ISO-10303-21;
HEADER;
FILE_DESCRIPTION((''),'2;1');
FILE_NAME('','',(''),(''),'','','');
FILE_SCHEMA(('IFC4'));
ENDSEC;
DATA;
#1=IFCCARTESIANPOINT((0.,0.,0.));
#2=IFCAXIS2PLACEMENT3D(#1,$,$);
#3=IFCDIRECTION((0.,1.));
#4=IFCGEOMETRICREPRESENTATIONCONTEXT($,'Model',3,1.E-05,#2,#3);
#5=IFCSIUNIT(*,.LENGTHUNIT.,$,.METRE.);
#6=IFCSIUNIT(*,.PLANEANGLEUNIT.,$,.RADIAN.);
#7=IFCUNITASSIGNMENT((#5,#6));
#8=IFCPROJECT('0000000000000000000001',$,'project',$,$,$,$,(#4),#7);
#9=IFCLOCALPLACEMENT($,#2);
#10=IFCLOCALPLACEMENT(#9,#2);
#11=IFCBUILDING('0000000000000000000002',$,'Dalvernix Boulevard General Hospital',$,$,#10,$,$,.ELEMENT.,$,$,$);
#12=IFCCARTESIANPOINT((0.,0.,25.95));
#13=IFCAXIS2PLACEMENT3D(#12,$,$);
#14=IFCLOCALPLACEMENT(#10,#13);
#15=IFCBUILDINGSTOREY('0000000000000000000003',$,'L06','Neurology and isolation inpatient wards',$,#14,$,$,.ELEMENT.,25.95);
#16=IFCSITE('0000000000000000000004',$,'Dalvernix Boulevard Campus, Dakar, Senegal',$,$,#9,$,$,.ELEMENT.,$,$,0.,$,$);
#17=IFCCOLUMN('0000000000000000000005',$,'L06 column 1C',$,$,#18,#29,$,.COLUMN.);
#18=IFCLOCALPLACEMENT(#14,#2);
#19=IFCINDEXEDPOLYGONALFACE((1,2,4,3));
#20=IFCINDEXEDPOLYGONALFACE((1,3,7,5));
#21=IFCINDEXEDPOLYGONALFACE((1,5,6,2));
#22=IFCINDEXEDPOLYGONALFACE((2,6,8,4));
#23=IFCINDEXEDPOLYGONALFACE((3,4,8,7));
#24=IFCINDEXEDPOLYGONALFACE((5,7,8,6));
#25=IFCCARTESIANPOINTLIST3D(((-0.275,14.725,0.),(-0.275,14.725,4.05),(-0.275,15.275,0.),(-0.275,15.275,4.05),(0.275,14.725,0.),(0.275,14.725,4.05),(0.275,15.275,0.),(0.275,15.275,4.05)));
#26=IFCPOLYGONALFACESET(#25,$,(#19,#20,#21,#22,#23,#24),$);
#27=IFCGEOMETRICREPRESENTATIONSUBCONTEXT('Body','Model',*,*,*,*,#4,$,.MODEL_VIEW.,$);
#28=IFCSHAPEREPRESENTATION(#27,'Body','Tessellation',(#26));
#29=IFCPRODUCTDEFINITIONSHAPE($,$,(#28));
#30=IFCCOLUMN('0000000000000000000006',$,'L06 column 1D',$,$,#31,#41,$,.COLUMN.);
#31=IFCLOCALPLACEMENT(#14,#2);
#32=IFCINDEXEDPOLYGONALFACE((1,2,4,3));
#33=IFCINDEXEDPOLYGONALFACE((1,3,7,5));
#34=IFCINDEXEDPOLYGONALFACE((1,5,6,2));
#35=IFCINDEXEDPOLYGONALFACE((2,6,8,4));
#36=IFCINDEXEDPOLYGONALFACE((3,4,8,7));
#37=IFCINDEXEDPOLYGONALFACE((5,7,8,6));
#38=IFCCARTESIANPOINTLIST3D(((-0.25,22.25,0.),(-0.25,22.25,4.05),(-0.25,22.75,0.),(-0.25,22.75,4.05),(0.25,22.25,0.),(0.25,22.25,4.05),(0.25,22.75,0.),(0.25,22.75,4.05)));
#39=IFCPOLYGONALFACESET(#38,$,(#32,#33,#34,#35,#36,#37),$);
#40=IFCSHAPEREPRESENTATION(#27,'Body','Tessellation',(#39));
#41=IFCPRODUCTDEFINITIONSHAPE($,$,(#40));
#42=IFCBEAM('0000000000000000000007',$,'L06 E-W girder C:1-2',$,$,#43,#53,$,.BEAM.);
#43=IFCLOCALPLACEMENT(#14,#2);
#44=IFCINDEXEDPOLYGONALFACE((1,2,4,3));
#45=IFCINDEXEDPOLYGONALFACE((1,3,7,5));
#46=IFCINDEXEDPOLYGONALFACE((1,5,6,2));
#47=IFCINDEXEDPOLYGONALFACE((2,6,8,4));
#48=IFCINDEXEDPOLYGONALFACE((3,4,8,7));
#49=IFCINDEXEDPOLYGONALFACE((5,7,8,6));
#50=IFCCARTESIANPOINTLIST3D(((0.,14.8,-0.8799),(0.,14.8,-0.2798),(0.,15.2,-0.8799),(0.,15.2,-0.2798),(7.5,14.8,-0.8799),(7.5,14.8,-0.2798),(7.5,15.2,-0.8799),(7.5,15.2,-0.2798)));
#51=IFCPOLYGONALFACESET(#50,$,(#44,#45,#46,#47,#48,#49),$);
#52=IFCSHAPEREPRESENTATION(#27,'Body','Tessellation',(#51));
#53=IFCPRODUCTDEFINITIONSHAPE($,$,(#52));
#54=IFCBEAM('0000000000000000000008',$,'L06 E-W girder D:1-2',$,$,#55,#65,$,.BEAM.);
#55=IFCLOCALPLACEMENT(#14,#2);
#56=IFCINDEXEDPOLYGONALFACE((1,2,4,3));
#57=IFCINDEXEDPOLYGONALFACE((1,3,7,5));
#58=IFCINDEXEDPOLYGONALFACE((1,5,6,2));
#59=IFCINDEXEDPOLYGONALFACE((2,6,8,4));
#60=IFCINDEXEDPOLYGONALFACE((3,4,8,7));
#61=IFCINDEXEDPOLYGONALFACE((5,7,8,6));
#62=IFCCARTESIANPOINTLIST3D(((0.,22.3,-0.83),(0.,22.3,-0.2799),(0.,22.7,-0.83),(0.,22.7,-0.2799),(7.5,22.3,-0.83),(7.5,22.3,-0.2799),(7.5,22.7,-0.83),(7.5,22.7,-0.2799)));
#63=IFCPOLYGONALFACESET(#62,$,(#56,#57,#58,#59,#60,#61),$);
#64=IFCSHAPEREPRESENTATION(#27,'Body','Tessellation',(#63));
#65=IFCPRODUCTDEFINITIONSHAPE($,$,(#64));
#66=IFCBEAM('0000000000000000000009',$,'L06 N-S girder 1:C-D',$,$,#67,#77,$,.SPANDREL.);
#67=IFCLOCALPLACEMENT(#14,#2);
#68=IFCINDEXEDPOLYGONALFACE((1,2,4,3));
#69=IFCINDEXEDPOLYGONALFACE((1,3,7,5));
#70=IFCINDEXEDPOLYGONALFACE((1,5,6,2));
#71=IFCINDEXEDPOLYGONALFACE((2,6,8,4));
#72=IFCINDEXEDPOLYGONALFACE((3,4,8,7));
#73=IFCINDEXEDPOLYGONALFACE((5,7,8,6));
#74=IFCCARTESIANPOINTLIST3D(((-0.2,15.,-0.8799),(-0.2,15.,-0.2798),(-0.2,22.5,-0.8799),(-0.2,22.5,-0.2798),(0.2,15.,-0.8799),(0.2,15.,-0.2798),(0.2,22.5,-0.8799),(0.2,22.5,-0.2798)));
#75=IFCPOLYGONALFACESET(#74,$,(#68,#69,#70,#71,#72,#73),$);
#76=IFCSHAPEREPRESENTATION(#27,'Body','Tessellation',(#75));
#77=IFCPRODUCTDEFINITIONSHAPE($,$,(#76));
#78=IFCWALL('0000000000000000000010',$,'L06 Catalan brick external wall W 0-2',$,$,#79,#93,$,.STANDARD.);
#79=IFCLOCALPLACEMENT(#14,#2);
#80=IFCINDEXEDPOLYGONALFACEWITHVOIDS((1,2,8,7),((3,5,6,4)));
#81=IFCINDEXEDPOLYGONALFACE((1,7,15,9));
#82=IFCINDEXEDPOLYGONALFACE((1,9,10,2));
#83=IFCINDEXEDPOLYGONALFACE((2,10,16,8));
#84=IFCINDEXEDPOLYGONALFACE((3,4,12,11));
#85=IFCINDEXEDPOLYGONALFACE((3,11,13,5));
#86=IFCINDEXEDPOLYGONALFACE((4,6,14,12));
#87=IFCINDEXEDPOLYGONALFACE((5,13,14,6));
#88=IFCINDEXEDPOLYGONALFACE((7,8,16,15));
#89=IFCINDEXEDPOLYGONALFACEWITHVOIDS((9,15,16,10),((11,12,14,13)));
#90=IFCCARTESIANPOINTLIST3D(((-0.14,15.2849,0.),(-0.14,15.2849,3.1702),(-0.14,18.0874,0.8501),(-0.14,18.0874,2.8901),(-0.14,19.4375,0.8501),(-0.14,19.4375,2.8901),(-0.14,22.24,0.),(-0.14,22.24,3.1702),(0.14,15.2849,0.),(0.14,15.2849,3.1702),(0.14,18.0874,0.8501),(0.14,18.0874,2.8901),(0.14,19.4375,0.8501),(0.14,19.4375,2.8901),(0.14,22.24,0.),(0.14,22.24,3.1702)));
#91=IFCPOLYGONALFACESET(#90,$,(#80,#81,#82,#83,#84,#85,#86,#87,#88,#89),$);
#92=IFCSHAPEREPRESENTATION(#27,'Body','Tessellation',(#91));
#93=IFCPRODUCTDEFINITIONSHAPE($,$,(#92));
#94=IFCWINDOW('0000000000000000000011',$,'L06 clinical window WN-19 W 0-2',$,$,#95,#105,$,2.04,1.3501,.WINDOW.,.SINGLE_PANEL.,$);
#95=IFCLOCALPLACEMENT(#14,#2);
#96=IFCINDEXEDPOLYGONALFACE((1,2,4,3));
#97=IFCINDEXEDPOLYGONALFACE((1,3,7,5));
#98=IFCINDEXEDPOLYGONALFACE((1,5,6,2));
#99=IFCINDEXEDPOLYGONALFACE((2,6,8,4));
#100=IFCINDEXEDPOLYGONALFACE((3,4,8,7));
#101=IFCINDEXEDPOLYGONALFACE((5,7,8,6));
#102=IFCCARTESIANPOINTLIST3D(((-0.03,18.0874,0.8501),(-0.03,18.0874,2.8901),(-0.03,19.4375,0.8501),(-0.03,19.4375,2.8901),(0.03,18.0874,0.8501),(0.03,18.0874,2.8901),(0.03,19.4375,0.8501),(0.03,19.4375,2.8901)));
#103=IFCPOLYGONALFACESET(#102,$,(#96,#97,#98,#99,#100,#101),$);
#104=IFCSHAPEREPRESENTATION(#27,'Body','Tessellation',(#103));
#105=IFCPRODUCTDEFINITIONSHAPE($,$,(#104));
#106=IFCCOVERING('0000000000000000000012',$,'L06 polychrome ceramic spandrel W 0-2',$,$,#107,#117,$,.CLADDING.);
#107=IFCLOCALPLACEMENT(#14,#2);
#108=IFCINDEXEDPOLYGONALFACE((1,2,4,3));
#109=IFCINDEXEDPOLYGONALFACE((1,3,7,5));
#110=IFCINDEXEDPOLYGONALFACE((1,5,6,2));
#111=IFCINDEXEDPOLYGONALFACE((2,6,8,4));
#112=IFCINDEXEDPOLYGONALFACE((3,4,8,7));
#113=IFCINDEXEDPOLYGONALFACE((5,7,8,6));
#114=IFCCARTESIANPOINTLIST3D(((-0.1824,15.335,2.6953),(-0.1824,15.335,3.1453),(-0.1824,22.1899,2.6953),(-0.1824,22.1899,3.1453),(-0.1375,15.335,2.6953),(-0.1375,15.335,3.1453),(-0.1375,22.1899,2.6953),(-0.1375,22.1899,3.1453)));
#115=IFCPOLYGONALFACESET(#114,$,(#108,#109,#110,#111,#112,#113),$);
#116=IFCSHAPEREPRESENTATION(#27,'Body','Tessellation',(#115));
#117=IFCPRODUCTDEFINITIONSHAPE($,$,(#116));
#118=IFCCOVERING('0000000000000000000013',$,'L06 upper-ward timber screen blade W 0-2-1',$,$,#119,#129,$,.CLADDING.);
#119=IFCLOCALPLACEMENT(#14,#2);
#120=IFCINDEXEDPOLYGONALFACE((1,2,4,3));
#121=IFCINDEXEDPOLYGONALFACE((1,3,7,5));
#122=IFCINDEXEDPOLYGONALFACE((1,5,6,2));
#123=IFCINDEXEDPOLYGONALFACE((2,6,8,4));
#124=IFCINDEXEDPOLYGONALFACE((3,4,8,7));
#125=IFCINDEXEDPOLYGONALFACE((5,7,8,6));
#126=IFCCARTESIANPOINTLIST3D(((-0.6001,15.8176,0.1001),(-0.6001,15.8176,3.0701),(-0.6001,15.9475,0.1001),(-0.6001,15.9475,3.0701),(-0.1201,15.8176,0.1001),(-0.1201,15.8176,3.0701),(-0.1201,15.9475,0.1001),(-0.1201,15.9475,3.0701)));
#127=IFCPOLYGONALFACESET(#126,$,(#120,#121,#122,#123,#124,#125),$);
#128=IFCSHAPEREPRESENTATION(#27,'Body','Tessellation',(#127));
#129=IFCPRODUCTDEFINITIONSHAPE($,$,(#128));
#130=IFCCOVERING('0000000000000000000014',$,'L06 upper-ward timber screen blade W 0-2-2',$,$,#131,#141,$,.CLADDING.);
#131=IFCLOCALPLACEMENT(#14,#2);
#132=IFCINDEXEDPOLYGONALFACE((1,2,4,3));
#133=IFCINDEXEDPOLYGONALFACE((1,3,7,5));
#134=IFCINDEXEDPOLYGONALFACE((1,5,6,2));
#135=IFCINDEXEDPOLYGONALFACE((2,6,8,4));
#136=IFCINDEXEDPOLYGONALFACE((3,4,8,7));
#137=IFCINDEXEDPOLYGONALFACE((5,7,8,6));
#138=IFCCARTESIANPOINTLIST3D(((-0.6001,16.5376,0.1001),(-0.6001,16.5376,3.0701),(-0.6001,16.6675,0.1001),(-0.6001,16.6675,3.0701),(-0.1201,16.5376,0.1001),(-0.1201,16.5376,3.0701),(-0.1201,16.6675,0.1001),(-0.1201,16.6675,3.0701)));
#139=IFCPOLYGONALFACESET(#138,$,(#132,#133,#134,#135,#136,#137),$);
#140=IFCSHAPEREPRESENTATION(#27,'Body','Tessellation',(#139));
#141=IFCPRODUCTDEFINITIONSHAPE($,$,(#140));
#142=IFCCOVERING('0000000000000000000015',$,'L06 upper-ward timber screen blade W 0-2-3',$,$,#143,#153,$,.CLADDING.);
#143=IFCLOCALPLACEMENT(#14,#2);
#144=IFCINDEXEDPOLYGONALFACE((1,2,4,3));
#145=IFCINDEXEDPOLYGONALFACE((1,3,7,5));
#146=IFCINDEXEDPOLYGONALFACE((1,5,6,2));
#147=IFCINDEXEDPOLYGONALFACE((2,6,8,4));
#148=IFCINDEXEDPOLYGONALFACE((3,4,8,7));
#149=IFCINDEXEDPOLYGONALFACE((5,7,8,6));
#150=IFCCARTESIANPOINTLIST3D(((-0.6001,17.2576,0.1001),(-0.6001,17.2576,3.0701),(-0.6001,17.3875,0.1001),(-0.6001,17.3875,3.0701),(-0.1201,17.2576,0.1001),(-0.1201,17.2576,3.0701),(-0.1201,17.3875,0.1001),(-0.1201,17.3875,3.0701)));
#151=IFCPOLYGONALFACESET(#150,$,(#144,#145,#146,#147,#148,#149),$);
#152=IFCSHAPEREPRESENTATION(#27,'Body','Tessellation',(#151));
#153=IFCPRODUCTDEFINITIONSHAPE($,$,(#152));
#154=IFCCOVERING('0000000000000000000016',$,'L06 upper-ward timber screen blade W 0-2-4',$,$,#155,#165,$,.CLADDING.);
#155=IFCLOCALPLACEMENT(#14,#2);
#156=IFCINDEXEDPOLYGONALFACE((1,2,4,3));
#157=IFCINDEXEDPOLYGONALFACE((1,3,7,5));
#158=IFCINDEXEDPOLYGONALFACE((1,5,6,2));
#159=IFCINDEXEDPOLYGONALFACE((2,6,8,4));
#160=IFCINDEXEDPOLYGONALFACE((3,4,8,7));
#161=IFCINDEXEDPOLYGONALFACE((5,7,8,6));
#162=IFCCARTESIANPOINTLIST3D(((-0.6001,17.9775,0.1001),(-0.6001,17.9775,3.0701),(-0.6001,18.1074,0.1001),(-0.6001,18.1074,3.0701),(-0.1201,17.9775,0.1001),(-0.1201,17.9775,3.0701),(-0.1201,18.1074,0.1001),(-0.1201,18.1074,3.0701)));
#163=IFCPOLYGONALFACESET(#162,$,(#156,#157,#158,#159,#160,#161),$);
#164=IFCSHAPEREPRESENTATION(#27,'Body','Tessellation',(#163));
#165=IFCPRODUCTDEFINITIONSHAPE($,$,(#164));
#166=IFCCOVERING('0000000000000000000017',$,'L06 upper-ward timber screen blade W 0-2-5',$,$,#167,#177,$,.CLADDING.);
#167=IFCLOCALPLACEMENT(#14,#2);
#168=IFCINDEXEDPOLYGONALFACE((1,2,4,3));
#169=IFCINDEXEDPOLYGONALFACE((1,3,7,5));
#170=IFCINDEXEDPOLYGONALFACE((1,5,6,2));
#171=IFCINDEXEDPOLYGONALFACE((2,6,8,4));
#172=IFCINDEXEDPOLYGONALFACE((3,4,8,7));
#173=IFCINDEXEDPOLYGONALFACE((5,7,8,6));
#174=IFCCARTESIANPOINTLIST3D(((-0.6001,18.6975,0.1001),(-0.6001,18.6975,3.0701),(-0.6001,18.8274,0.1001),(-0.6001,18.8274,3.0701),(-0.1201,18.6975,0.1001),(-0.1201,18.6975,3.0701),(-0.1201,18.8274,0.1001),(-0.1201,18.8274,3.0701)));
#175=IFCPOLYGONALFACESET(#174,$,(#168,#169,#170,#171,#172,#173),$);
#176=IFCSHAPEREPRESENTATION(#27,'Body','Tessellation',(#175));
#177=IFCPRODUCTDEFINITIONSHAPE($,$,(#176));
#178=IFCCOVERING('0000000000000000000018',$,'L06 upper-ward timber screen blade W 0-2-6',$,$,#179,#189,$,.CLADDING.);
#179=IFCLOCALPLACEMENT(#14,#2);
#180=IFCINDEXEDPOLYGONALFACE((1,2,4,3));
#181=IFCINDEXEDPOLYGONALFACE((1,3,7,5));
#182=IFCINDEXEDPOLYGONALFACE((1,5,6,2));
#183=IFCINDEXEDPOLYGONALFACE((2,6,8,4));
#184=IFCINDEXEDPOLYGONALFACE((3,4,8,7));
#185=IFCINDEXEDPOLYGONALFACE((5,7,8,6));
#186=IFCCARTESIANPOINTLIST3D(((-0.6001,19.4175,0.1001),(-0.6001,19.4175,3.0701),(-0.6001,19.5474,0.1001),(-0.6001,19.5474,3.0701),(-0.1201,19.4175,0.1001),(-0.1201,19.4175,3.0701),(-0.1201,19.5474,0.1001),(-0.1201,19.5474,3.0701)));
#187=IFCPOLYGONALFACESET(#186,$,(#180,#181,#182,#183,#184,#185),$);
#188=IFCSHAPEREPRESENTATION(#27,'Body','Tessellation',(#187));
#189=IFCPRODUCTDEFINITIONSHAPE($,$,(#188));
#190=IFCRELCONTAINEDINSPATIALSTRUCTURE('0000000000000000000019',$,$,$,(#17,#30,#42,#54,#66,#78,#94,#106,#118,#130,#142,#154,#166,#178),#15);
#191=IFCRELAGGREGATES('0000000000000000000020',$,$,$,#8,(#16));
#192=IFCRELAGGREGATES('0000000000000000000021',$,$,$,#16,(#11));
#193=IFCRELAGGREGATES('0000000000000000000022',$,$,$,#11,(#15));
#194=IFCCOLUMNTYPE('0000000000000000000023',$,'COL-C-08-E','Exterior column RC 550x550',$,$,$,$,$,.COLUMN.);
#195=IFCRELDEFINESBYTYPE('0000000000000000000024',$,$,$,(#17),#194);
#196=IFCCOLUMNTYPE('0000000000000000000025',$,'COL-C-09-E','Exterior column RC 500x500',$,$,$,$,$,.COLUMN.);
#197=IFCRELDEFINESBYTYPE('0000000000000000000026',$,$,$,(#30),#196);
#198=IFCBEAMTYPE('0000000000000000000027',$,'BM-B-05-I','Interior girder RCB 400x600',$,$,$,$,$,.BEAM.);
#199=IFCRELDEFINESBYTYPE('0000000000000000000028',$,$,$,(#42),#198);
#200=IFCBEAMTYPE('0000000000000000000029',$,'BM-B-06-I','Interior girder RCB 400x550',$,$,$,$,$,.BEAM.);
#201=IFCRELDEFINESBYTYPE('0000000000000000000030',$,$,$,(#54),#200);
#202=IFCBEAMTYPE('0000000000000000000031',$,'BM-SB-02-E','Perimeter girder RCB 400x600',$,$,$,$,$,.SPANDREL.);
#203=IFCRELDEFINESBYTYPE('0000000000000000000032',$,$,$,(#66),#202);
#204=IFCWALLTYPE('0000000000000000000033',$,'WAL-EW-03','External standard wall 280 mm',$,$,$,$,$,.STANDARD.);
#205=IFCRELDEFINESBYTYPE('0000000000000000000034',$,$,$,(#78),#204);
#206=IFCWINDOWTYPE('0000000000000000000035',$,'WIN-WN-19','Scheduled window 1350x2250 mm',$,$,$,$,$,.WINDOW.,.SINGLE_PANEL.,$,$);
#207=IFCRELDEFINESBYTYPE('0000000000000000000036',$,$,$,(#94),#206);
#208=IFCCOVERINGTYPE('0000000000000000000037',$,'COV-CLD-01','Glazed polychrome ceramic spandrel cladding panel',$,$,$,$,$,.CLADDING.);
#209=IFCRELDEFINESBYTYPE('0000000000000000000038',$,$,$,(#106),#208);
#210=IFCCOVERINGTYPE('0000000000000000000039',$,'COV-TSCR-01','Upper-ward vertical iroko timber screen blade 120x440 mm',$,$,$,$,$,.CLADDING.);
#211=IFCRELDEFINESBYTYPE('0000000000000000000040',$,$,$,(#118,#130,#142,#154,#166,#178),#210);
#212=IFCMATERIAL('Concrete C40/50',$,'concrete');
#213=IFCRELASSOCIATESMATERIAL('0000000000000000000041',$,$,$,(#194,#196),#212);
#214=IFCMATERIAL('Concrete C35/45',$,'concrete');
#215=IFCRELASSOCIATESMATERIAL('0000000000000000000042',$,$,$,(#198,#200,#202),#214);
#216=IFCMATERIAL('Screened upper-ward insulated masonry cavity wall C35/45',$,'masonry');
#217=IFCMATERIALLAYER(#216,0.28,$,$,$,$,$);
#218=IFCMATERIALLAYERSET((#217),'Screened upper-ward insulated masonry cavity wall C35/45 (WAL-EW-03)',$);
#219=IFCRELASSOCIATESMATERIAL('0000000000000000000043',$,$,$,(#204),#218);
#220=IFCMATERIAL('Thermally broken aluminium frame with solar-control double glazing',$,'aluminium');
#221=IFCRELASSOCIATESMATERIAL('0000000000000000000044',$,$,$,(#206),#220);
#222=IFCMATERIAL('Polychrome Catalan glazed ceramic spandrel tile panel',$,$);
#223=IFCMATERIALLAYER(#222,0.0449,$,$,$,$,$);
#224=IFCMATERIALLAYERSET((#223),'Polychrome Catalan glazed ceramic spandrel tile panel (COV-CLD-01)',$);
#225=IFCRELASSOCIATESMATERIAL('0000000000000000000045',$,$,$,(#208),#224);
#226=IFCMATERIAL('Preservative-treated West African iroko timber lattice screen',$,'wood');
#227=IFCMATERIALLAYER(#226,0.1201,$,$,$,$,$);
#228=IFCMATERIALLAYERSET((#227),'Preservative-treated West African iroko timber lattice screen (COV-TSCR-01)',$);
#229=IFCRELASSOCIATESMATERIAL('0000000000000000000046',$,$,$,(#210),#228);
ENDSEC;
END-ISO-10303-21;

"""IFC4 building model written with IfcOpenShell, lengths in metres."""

from ifc_helpers import new_model, si_unit, direction, frame, frame_2d, origin, origin_2d, place, context, subcontext, project, spatial, rectangle, extrude, material, layer, layer_set, material_profile, profile_set, type_object, element, fill, save


model = new_model("IFC4")

# Units and contexts
model_context = context("Model", 3, precision=1e-05, world=origin(), true_north=direction((0.0, 1.0)))
body_context = subcontext(model_context, "Body", "Model", "MODEL_VIEW")
ifc_project = project(units=[si_unit("LENGTHUNIT", "METRE"), si_unit("PLANEANGLEUNIT", "RADIAN")], contexts=[model_context])

# Site, building, storey
site_placement = place(None, origin())
site = spatial("IfcSite", under=ifc_project, at=site_placement, Name="Dalvernix Boulevard Campus, Dakar, Senegal", CompositionType="ELEMENT", RefElevation=0.0)
building_placement = place(site_placement, origin())
building = spatial("IfcBuilding", under=site, at=building_placement, Name="Dalvernix Boulevard General Hospital", CompositionType="ELEMENT")
storey_placement = place(building_placement, frame((0.0, 0.0, 25.95)))
storey = spatial("IfcBuildingStorey", under=building, at=storey_placement, Name="L06", Description="Neurology and isolation inpatient wards", CompositionType="ELEMENT", Elevation=25.95)

# Columns
ifc_material_1 = material(Name="Concrete C40/50", Category="concrete")
ifc_material_profile_1 = material_profile(ifc_material_1, rectangle(XDim=0.55, YDim=0.55, at=origin_2d()), Name="RC 550x550")
ifc_profile_set_1 = profile_set([ifc_material_profile_1], Name="Concrete C40/50")
column_type_1 = type_object("IfcColumnType", Name="COL-C-08-E", Description="Exterior column RC 550x550", PredefinedType="COLUMN", material=ifc_profile_set_1)
column_1_placement = place(storey_placement, frame((0.0, 15.0, 0.0), z_axis=(0.0, 0.0, 1.0), x_axis=(1.0, 0.0, 0.0)))
element("IfcColumn", 1, at=column_1_placement, inside=storey, type_object=column_type_1, Name="L06 column 1C", PredefinedType="COLUMN", context=body_context, shape_type="SweptSolid", body=[
    extrude(rectangle(XDim=0.55, YDim=0.55, at=origin_2d()), origin(), (0.0, 0.0, 1.0), 4.05),
])
ifc_material_profile_2 = material_profile(ifc_material_1, rectangle(XDim=0.5, YDim=0.5, at=origin_2d()), Name="RC 500x500")
ifc_profile_set_2 = profile_set([ifc_material_profile_2], Name="Concrete C40/50")
column_type_2 = type_object("IfcColumnType", Name="COL-C-09-E", Description="Exterior column RC 500x500", PredefinedType="COLUMN", material=ifc_profile_set_2)
column_2_placement = place(storey_placement, frame((0.0, 22.5, 0.0), z_axis=(0.0, 0.0, 1.0), x_axis=(1.0, 0.0, 0.0)))
element("IfcColumn", 2, at=column_2_placement, inside=storey, type_object=column_type_2, Name="L06 column 1D", PredefinedType="COLUMN", context=body_context, shape_type="SweptSolid", body=[
    extrude(rectangle(XDim=0.5, YDim=0.5, at=origin_2d()), origin(), (0.0, 0.0, 1.0), 4.05),
])

# Beams
ifc_material_2 = material(Name="Concrete C35/45", Category="concrete")
ifc_material_profile_3 = material_profile(ifc_material_2, rectangle(XDim=0.3999, YDim=0.6001, at=origin_2d()), Name="RCB 400x600")
ifc_profile_set_3 = profile_set([ifc_material_profile_3], Name="Concrete C35/45")
beam_type_1 = type_object("IfcBeamType", Name="BM-B-05-I", Description="Interior girder RCB 400x600", PredefinedType="BEAM", material=ifc_profile_set_3)
beam_1_placement = place(storey_placement, frame((0.0, 15.0, -0.5798), z_axis=(1.0, 0.0, 0.0), x_axis=(0.0, 1.0, 0.0)))
element("IfcBeam", 3, at=beam_1_placement, inside=storey, type_object=beam_type_1, Name="L06 E-W girder C:1-2", PredefinedType="BEAM", context=body_context, shape_type="SweptSolid", body=[
    extrude(rectangle(XDim=0.3999, YDim=0.6001, at=origin_2d()), origin(), (0.0, 0.0, 1.0), 7.5),
])
ifc_material_profile_4 = material_profile(ifc_material_2, rectangle(XDim=0.3999, YDim=0.55, at=origin_2d()), Name="RCB 400x550")
ifc_profile_set_4 = profile_set([ifc_material_profile_4], Name="Concrete C35/45")
beam_type_2 = type_object("IfcBeamType", Name="BM-B-06-I", Description="Interior girder RCB 400x550", PredefinedType="BEAM", material=ifc_profile_set_4)
beam_2_placement = place(storey_placement, frame((0.0, 22.5, -0.5549), z_axis=(1.0, 0.0, 0.0), x_axis=(0.0, 1.0, 0.0)))
element("IfcBeam", 4, at=beam_2_placement, inside=storey, type_object=beam_type_2, Name="L06 E-W girder D:1-2", PredefinedType="BEAM", context=body_context, shape_type="SweptSolid", body=[
    extrude(rectangle(XDim=0.3999, YDim=0.55, at=origin_2d()), origin(), (0.0, 0.0, 1.0), 7.5),
])
ifc_material_profile_5 = material_profile(ifc_material_2, rectangle(XDim=0.3999, YDim=0.6001, at=origin_2d()), Name="RCB 400x600")
ifc_profile_set_5 = profile_set([ifc_material_profile_5], Name="Concrete C35/45")
beam_type_3 = type_object("IfcBeamType", Name="BM-SB-02-E", Description="Perimeter girder RCB 400x600", PredefinedType="SPANDREL", material=ifc_profile_set_5)
beam_3_placement = place(storey_placement, frame((0.0, 15.0, -0.5798), z_axis=(0.0, 1.0, 0.0), x_axis=(-1.0, 0.0, 0.0)))
element("IfcBeam", 5, at=beam_3_placement, inside=storey, type_object=beam_type_3, Name="L06 N-S girder 1:C-D", PredefinedType="SPANDREL", context=body_context, shape_type="SweptSolid", body=[
    extrude(rectangle(XDim=0.3999, YDim=0.6001, at=origin_2d()), origin(), (0.0, 0.0, 1.0), 7.5),
])

# Wall, opening, window
ifc_material_3 = material(Name="Screened upper-ward insulated masonry cavity wall C35/45", Category="masonry")
ifc_layer_1 = layer(ifc_material_3, 0.28)
ifc_layer_set_1 = layer_set([ifc_layer_1], Name="Screened upper-ward insulated masonry cavity wall C35/45 (WAL-EW-03)")
wall_type = type_object("IfcWallType", Name="WAL-EW-03", Description="External standard wall 280 mm", PredefinedType="STANDARD", material=ifc_layer_set_1)
wall_placement = place(storey_placement, frame((0.0, 15.2849, 0.0), z_axis=(0.0, 0.0, 1.0), x_axis=(0.0, 1.0, 0.0)))
wall = element("IfcWall", 6, at=wall_placement, inside=storey, type_object=wall_type, Name="L06 Catalan brick external wall W 0-2", PredefinedType="STANDARD", context=body_context, shape_type="SweptSolid", body=[
    extrude(rectangle(XDim=6.9551, YDim=0.28, at=frame_2d((3.4775, 0.0))), origin(), (0.0, 0.0, 1.0), 3.1702),
])
opening_placement = place(wall_placement, frame((2.8025, 0.0, 0.8501)))
opening = element("IfcOpeningElement", 7, at=opening_placement, cuts=wall, PredefinedType="OPENING", context=body_context, shape_type="SweptSolid", body=[
    extrude(rectangle(XDim=1.3501, YDim=2.04, at=frame_2d((0.675, 1.02))), frame((0.0, 0.1499, 0.0), z_axis=(0.0, -1.0, 0.0), x_axis=(1.0, 0.0, 0.0)), (0.0, 0.0, 1.0), 0.3),
])
ifc_material_4 = material(Name="Thermally broken aluminium frame with solar-control double glazing", Category="aluminium")
window_type = type_object("IfcWindowType", Name="WIN-WN-19", Description="Scheduled window 1350x2250 mm", PartitioningType="SINGLE_PANEL", PredefinedType="WINDOW", material=ifc_material_4)
window_placement = place(opening_placement, origin())
window = element("IfcWindow", 8, at=window_placement, inside=storey, type_object=window_type, Name="L06 clinical window WN-19 W 0-2", OverallHeight=2.04, OverallWidth=1.3501, PartitioningType="SINGLE_PANEL", PredefinedType="WINDOW", context=body_context, shape_type="SweptSolid", body=[
    extrude(rectangle(XDim=1.3501, YDim=2.04, at=frame_2d((0.675, 1.02))), frame((0.0, 0.03, 0.0), z_axis=(0.0, -1.0, 0.0), x_axis=(1.0, 0.0, 0.0)), (0.0, 0.0, 1.0), 0.0601),
])
fill(opening, window)

# Coverings
ifc_material_5 = material(Name="Polychrome Catalan glazed ceramic spandrel tile panel")
ifc_layer_2 = layer(ifc_material_5, 0.0449)
ifc_layer_set_2 = layer_set([ifc_layer_2], Name="Polychrome Catalan glazed ceramic spandrel tile panel (COV-CLD-01)")
covering_type_1 = type_object("IfcCoveringType", Name="COV-CLD-01", Description="Glazed polychrome ceramic spandrel cladding panel", PredefinedType="CLADDING", material=ifc_layer_set_2)
covering_placement = place(storey_placement, frame((-0.1599, 18.7625, 2.6953), z_axis=(0.0, 0.0, 1.0), x_axis=(0.0, 1.0, 0.0)))
element("IfcCovering", 9, at=covering_placement, inside=storey, type_object=covering_type_1, Name="L06 polychrome ceramic spandrel W 0-2", PredefinedType="CLADDING", context=body_context, shape_type="SweptSolid", body=[
    extrude(rectangle(XDim=6.855, YDim=0.0449, at=origin_2d()), origin(), (0.0, 0.0, 1.0), 0.45),
])
ifc_material_6 = material(Name="Preservative-treated West African iroko timber lattice screen", Category="wood")
ifc_layer_3 = layer(ifc_material_6, 0.1201)
ifc_layer_set_3 = layer_set([ifc_layer_3], Name="Preservative-treated West African iroko timber lattice screen (COV-TSCR-01)")
covering_type_2 = type_object("IfcCoveringType", Name="COV-TSCR-01", Description="Upper-ward vertical iroko timber screen blade 120x440 mm", PredefinedType="CLADDING", material=ifc_layer_set_3)
for number, where, z_axis, x_axis, name in (
    (10, (-0.3601, 15.8826, 0.1001), (0.0, 0.0, 1.0), (0.0, 1.0, 0.0), "L06 upper-ward timber screen blade W 0-2-1"),
    (11, (-0.3601, 16.6025, 0.1001), (0.0, 0.0, 1.0), (0.0, 1.0, 0.0), "L06 upper-ward timber screen blade W 0-2-2"),
    (12, (-0.3601, 17.3225, 0.1001), (0.0, 0.0, 1.0), (0.0, 1.0, 0.0), "L06 upper-ward timber screen blade W 0-2-3"),
    (13, (-0.3601, 18.0425, 0.1001), (0.0, 0.0, 1.0), (0.0, 1.0, 0.0), "L06 upper-ward timber screen blade W 0-2-4"),
    (14, (-0.3601, 18.7625, 0.1001), (0.0, 0.0, 1.0), (0.0, 1.0, 0.0), "L06 upper-ward timber screen blade W 0-2-5"),
    (15, (-0.3601, 19.4824, 0.1001), (0.0, 0.0, 1.0), (0.0, 1.0, 0.0), "L06 upper-ward timber screen blade W 0-2-6"),
):
    element("IfcCovering", number, at=place(storey_placement, frame(where, z_axis=z_axis, x_axis=x_axis)), inside=storey, type_object=covering_type_2, Name=name, PredefinedType="CLADDING", context=body_context, shape_type="SweptSolid", body=[
        extrude(rectangle(XDim=0.1299, YDim=0.48, at=origin_2d()), origin(), (0.0, 0.0, 1.0), 2.97),
    ])

save(model, "model.ifc")
